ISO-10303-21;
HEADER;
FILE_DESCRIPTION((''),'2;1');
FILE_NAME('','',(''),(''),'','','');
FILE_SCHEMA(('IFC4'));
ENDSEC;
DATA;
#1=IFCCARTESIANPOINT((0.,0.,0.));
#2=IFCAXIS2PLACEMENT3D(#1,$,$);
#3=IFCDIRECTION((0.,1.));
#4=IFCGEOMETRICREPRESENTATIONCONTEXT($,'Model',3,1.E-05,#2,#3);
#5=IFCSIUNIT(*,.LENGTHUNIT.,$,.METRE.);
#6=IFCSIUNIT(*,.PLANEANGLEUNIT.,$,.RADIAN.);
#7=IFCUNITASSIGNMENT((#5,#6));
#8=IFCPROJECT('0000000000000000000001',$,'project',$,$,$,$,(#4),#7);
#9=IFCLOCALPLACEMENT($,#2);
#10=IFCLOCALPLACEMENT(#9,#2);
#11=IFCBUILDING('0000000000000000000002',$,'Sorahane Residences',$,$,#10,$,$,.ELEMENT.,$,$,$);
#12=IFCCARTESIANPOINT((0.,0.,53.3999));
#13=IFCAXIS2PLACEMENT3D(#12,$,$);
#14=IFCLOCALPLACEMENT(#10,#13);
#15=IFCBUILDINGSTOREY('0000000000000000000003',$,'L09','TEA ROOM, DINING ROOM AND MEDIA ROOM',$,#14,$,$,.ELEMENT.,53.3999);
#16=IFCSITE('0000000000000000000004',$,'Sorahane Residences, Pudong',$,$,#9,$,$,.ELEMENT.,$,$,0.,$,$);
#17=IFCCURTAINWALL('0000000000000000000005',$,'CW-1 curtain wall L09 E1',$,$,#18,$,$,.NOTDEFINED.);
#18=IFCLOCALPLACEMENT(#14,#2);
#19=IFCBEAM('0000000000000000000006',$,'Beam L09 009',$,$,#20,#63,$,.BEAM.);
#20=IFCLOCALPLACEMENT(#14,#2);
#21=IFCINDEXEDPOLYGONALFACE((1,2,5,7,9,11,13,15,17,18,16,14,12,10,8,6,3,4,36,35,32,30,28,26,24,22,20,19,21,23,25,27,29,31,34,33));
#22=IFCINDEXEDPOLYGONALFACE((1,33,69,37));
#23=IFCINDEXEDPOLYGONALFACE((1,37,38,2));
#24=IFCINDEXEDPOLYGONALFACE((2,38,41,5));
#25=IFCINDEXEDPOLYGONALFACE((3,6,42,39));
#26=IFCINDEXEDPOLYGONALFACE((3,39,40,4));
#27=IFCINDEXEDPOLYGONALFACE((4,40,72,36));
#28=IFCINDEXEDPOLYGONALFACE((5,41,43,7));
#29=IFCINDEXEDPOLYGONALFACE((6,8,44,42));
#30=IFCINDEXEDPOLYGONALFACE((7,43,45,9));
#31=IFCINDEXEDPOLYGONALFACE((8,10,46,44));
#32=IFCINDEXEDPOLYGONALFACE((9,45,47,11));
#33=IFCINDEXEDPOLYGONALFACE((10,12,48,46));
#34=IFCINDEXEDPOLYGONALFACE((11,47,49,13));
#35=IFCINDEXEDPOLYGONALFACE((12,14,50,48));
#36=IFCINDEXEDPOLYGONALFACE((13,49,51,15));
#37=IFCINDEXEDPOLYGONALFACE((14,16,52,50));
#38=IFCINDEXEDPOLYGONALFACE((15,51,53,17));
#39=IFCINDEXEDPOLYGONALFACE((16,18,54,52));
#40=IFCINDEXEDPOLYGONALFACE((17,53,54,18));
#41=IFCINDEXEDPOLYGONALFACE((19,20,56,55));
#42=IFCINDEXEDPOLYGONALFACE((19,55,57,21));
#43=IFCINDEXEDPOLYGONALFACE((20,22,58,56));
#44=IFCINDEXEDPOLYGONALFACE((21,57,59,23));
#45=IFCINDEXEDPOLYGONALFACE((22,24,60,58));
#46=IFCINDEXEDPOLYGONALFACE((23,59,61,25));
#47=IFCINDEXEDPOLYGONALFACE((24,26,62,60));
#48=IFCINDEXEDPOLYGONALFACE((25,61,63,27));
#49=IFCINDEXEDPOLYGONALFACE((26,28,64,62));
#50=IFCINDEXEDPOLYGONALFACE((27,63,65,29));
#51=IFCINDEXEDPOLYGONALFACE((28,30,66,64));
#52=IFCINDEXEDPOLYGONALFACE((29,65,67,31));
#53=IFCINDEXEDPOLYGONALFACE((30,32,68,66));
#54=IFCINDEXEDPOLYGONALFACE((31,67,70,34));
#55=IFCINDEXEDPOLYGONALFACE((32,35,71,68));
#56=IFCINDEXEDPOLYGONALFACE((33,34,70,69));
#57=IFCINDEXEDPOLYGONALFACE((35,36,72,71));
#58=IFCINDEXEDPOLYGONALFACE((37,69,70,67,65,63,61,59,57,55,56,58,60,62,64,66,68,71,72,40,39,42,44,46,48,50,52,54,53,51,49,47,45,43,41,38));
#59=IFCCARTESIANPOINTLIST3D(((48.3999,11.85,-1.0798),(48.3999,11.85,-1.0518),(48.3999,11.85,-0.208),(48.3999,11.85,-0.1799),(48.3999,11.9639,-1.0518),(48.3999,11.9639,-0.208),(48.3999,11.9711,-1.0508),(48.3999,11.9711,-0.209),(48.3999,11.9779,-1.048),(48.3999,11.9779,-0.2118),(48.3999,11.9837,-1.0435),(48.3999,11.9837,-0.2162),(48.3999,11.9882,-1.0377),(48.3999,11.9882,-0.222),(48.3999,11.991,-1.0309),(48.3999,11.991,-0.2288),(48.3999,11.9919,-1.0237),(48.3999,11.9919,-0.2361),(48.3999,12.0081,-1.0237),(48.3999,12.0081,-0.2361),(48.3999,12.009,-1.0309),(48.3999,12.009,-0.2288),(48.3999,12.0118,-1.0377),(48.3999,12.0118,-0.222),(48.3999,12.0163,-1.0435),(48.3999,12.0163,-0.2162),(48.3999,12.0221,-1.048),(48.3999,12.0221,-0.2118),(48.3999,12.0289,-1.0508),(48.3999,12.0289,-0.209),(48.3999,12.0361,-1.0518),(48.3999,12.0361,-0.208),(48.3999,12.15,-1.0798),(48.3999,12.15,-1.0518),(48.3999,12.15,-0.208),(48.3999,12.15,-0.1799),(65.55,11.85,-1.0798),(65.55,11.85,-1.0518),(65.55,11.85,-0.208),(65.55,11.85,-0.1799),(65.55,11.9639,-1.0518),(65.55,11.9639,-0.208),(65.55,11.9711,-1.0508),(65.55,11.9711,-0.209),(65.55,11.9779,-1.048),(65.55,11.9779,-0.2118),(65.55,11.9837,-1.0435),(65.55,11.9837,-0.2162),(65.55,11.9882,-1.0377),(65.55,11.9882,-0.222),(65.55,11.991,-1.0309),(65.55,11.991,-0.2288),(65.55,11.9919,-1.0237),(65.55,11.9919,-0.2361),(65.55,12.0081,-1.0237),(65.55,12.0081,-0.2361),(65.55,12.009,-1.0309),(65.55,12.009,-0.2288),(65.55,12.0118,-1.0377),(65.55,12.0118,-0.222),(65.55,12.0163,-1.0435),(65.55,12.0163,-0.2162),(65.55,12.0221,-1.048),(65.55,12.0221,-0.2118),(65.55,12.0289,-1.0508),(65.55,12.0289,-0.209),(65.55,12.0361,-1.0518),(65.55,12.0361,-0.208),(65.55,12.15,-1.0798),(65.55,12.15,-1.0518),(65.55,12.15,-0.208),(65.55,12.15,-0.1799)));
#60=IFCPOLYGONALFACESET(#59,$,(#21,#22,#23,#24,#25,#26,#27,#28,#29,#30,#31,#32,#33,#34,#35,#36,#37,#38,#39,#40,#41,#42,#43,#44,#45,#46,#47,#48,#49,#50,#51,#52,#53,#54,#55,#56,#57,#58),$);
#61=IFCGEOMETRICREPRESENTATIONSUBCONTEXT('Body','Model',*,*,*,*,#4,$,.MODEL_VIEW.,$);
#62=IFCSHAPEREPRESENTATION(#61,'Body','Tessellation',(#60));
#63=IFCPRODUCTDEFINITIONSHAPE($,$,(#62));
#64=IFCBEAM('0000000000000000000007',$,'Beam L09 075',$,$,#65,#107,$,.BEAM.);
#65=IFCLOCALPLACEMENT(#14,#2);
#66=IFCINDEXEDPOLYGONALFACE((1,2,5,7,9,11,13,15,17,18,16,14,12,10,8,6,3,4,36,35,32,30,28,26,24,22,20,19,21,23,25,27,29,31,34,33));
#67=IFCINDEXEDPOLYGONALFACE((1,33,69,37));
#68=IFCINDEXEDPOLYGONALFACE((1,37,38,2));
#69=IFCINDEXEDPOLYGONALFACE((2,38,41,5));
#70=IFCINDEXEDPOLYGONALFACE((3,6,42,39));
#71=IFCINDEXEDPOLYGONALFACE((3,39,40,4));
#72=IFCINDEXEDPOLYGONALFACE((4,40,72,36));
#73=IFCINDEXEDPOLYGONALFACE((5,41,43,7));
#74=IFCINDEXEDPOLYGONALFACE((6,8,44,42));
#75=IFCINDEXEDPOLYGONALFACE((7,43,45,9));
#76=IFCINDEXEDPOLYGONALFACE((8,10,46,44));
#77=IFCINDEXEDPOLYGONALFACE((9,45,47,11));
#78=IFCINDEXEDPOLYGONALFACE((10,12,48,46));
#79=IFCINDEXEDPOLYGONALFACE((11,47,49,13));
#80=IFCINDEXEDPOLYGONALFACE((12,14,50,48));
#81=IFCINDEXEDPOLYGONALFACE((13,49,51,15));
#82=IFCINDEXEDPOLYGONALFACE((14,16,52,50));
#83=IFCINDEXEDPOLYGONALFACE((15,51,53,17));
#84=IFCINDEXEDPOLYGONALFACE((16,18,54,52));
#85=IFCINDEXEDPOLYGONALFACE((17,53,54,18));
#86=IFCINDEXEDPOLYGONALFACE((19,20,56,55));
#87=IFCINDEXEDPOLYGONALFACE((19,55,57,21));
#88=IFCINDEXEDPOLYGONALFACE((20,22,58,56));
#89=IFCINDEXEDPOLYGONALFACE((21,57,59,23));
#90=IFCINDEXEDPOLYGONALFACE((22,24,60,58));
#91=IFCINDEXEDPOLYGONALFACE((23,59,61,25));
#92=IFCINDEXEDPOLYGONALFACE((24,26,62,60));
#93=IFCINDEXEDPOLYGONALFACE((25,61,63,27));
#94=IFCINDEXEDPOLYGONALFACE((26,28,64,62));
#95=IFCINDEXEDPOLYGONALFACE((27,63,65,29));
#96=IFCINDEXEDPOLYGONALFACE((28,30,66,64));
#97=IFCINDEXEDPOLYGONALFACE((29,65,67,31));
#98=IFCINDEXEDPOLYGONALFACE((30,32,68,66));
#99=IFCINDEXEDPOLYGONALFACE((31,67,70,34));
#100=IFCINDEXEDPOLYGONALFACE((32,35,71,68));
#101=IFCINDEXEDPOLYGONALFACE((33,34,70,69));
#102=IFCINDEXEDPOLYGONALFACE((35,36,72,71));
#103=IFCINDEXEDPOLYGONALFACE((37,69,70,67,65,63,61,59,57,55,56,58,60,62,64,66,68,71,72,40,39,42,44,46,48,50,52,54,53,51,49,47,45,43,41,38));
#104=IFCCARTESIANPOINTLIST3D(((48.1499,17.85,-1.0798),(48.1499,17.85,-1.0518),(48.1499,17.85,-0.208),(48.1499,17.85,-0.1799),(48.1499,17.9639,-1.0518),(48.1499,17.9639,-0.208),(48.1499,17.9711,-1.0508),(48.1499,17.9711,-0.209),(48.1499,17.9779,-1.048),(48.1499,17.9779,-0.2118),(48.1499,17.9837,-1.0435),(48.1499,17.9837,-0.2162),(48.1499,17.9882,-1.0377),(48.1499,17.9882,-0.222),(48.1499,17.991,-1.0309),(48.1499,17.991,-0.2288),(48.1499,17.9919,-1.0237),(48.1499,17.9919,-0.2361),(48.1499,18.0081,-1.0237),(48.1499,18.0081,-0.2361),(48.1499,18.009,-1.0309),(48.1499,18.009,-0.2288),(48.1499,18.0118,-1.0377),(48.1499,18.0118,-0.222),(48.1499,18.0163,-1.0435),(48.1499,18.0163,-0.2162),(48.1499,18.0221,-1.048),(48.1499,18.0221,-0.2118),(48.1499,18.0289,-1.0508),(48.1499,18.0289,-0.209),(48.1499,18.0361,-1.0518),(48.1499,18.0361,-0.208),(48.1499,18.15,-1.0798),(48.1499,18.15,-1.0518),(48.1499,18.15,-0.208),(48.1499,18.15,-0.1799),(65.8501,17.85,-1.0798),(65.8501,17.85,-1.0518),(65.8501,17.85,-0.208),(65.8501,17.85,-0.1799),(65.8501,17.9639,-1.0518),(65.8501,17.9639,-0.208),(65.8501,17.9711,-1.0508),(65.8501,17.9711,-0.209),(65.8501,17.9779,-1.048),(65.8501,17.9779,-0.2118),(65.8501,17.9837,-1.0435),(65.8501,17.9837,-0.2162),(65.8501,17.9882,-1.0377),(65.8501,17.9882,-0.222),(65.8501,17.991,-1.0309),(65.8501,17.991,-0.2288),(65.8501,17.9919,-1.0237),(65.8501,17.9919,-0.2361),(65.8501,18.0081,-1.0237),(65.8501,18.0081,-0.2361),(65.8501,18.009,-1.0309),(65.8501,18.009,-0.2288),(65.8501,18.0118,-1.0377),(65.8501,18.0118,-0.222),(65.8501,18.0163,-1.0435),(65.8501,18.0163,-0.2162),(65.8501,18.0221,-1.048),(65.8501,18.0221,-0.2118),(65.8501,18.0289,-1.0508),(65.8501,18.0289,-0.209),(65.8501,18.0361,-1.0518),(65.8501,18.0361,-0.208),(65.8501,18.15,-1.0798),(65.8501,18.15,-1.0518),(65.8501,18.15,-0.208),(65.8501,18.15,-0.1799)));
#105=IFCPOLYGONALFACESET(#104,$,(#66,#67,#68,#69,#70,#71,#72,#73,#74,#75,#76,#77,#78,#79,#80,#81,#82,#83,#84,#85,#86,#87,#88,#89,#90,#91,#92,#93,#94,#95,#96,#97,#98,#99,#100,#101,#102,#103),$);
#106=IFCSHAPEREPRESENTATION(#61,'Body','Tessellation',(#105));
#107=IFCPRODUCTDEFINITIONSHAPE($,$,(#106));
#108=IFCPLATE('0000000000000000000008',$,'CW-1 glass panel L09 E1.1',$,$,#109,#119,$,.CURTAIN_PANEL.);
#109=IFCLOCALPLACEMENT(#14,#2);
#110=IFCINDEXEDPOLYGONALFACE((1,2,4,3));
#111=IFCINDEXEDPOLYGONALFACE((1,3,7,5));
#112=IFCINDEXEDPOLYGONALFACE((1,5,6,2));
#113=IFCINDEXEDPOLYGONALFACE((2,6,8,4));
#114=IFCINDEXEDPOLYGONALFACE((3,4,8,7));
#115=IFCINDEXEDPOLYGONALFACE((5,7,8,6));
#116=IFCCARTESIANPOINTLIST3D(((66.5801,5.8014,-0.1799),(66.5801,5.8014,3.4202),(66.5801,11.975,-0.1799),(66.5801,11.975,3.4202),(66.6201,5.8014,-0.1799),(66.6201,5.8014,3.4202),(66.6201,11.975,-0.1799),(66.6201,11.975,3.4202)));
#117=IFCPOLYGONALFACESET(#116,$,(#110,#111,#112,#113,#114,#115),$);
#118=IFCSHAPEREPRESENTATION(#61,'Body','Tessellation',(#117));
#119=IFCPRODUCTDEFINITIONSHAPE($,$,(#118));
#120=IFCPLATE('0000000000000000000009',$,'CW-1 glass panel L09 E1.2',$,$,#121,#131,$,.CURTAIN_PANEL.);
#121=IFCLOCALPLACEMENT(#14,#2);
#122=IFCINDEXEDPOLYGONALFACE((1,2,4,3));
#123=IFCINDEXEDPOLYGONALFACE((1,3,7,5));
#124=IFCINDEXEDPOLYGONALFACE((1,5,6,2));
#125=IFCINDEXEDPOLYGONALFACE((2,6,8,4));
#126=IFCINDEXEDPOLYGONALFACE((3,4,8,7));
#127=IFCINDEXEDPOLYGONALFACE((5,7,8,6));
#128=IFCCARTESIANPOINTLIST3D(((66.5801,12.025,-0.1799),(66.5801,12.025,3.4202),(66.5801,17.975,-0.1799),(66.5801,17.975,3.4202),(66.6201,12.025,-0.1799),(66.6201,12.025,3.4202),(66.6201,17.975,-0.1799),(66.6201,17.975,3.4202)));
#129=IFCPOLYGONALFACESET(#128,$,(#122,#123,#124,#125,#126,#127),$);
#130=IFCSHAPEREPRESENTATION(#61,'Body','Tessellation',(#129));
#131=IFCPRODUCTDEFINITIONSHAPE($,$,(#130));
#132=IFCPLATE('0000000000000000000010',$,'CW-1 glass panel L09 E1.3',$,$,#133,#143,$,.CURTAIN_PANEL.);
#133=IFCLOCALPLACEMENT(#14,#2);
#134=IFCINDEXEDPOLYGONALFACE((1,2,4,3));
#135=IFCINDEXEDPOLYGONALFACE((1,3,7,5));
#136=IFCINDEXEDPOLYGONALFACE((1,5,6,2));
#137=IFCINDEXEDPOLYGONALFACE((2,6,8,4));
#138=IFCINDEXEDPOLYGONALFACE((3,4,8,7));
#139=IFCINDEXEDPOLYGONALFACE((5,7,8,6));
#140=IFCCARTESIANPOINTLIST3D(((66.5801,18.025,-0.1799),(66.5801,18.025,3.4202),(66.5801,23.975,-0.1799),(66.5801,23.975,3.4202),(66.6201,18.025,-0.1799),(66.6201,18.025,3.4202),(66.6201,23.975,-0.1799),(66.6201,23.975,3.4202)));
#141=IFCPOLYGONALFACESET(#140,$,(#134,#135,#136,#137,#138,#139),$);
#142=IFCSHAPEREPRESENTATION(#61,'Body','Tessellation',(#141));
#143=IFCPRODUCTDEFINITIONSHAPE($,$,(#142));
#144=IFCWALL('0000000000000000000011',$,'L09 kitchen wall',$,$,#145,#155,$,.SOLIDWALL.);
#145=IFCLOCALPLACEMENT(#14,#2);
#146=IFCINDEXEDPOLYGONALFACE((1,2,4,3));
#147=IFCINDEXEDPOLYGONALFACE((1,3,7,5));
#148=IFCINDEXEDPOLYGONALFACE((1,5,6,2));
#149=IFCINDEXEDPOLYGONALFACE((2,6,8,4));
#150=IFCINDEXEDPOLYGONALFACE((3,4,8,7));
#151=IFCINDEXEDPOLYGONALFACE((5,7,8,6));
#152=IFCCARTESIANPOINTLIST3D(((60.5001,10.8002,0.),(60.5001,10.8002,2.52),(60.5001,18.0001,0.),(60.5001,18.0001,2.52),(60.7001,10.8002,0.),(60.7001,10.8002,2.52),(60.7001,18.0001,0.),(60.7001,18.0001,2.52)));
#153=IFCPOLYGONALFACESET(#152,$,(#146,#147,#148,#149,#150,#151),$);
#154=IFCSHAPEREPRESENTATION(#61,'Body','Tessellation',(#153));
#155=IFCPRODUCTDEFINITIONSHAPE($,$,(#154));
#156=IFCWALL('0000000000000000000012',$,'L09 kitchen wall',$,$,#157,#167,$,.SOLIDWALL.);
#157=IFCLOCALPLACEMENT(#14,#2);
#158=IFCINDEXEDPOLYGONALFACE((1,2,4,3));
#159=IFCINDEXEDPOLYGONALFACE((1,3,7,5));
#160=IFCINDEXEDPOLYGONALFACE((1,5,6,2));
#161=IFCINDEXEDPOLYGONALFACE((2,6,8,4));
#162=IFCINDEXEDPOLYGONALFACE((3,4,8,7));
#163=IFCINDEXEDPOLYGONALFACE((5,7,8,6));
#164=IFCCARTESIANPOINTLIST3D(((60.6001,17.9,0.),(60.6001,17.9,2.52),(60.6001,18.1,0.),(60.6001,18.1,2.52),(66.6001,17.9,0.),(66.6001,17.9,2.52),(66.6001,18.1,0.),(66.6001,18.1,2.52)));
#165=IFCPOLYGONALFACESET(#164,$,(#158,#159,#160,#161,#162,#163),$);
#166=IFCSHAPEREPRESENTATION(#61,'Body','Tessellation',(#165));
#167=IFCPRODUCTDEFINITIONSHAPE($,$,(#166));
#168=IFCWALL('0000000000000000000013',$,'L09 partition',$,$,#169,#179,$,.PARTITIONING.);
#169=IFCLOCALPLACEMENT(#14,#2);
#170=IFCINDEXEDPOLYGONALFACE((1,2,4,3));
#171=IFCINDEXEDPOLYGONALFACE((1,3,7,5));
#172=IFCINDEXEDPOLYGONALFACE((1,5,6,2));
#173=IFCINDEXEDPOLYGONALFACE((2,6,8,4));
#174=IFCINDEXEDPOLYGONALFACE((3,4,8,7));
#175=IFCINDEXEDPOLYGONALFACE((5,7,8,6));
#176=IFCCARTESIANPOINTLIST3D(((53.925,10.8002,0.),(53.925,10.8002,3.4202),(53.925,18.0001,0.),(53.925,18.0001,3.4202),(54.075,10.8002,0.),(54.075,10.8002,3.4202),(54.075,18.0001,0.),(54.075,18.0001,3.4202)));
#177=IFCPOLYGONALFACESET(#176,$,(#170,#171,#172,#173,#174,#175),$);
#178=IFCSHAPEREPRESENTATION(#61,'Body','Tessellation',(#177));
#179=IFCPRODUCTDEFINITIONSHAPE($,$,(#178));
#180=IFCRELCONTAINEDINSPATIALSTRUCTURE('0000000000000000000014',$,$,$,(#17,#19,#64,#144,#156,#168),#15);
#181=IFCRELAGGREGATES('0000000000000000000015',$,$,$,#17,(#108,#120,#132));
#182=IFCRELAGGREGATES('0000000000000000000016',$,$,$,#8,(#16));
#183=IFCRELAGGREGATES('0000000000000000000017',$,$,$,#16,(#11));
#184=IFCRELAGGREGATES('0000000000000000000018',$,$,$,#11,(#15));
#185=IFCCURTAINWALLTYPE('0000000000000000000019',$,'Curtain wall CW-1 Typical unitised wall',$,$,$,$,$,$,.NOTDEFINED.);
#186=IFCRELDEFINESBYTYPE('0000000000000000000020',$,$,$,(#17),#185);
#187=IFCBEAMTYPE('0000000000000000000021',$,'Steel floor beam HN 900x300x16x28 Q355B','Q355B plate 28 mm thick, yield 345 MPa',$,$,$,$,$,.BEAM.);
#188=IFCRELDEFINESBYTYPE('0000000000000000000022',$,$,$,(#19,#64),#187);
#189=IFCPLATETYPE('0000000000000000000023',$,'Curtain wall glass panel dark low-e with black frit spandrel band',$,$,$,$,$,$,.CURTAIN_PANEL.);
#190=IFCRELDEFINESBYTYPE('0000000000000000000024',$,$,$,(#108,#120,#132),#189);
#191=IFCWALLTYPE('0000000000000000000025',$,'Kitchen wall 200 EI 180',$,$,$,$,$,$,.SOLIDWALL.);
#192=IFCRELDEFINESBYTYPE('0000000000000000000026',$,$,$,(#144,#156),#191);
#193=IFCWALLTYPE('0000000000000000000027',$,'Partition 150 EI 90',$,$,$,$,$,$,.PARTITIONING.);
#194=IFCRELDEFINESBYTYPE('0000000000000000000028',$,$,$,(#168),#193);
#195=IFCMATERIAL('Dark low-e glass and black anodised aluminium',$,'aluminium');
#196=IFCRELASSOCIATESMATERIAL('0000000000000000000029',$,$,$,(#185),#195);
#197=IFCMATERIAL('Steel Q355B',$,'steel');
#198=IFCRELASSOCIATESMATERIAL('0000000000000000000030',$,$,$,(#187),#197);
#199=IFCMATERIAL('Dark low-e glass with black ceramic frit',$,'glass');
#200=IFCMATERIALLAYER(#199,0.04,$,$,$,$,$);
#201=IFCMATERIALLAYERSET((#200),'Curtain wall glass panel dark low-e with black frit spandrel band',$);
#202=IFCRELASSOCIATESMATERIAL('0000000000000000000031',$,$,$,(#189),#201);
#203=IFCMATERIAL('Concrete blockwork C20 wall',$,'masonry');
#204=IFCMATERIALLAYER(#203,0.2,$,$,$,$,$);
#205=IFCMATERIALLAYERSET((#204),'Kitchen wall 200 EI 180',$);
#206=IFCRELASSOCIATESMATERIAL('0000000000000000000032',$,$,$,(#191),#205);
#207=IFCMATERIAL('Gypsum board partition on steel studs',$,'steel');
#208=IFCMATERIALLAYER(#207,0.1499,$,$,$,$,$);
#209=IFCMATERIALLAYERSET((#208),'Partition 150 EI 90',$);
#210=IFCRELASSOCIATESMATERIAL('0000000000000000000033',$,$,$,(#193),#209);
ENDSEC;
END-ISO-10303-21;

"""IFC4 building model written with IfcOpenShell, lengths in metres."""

from ifc_helpers import new_model, si_unit, direction, frame, frame_2d, origin, origin_2d, place, context, subcontext, project, spatial, rectangle, i_section, extrude, material, layer, layer_set, material_profile, profile_set, type_object, element, aggregate, save


model = new_model("IFC4")

# Units and contexts
model_context = context("Model", 3, precision=1e-05, world=origin(), true_north=direction((0.0, 1.0)))
body_context = subcontext(model_context, "Body", "Model", "MODEL_VIEW")
ifc_project = project(units=[si_unit("LENGTHUNIT", "METRE"), si_unit("PLANEANGLEUNIT", "RADIAN")], contexts=[model_context])

# Site, building, storey
site_placement = place(None, origin())
site = spatial("IfcSite", under=ifc_project, at=site_placement, Name="Sorahane Residences, Pudong", CompositionType="ELEMENT", RefElevation=0.0)
building_placement = place(site_placement, origin())
building = spatial("IfcBuilding", under=site, at=building_placement, Name="Sorahane Residences", CompositionType="ELEMENT")
storey_placement = place(building_placement, frame((0.0, 0.0, 53.3999)))
storey = spatial("IfcBuildingStorey", under=building, at=storey_placement, Name="L09", Description="TEA ROOM, DINING ROOM AND MEDIA ROOM", CompositionType="ELEMENT", Elevation=53.3999)

# Curtain wall
ifc_material_1 = material(Name="Dark low-e glass and black anodised aluminium", Category="aluminium")
curtain_wall_type = type_object("IfcCurtainWallType", Name="Curtain wall CW-1 Typical unitised wall", PredefinedType="NOTDEFINED", material=ifc_material_1)
curtain_wall_placement = place(storey_placement, origin())
curtain_wall = element("IfcCurtainWall", 1, at=curtain_wall_placement, inside=storey, type_object=curtain_wall_type, Name="CW-1 curtain wall L09 E1", PredefinedType="NOTDEFINED")

# Beams
ifc_material_2 = material(Name="Steel Q355B", Category="steel")
ifc_material_profile_1 = material_profile(ifc_material_2, i_section(OverallWidth=0.3, OverallDepth=0.8999, WebThickness=0.0161, FlangeThickness=0.0281, FilletRadius=0.0281, at=origin_2d()), Name="HN 900x300x16x28")
ifc_profile_set_1 = profile_set([ifc_material_profile_1], Name="Steel Q355B")
beam_type_1 = type_object("IfcBeamType", Name="Steel floor beam HN 900x300x16x28 Q355B", Description="Q355B plate 28 mm thick, yield 345 MPa", PredefinedType="BEAM", material=ifc_profile_set_1)
beam_1_placement = place(storey_placement, frame((48.3999, 12.0, -0.6299), z_axis=(1.0, 0.0, 0.0), x_axis=(0.0, 1.0, 0.0)))
element("IfcBeam", 2, at=beam_1_placement, inside=storey, type_object=beam_type_1, Name="Beam L09 009", PredefinedType="BEAM", context=body_context, shape_type="SweptSolid", body=[
    extrude(i_section(OverallWidth=0.3, OverallDepth=0.8999, WebThickness=0.0161, FlangeThickness=0.0281, FilletRadius=0.0281, at=origin_2d()), origin(), (0.0, 0.0, 1.0), 17.1501),
])
beam_2_placement = place(storey_placement, frame((48.1499, 18.0, -0.6299), z_axis=(1.0, 0.0, 0.0), x_axis=(0.0, 1.0, 0.0)))
element("IfcBeam", 3, at=beam_2_placement, inside=storey, type_object=beam_type_1, Name="Beam L09 075", PredefinedType="BEAM", context=body_context, shape_type="SweptSolid", body=[
    extrude(i_section(OverallWidth=0.3, OverallDepth=0.8999, WebThickness=0.0161, FlangeThickness=0.0281, FilletRadius=0.0281, at=origin_2d()), origin(), (0.0, 0.0, 1.0), 17.7002),
])

# Plates
ifc_material_3 = material(Name="Dark low-e glass with black ceramic frit", Category="glass")
ifc_layer_1 = layer(ifc_material_3, 0.04)
ifc_layer_set_1 = layer_set([ifc_layer_1], Name="Curtain wall glass panel dark low-e with black frit spandrel band")
plate_type = type_object("IfcPlateType", Name="Curtain wall glass panel dark low-e with black frit spandrel band", PredefinedType="CURTAIN_PANEL", material=ifc_layer_set_1)
plate_1_placement = place(storey_placement, frame((66.6001, 8.8882, -0.1799), z_axis=(0.0, 0.0, 1.0), x_axis=(0.0, 1.0, 0.0)))
plate_1 = element("IfcPlate", 4, at=plate_1_placement, type_object=plate_type, Name="CW-1 glass panel L09 E1.1", PredefinedType="CURTAIN_PANEL", context=body_context, shape_type="SweptSolid", body=[
    extrude(rectangle(XDim=6.1736, YDim=0.04, at=origin_2d()), origin(), (0.0, 0.0, 1.0), 3.6001),
])
plate_2_placement = place(storey_placement, frame((66.6001, 15.0, -0.1799), z_axis=(0.0, 0.0, 1.0), x_axis=(0.0, 1.0, 0.0)))
plate_2 = element("IfcPlate", 5, at=plate_2_placement, type_object=plate_type, Name="CW-1 glass panel L09 E1.2", PredefinedType="CURTAIN_PANEL", context=body_context, shape_type="SweptSolid", body=[
    extrude(rectangle(XDim=5.95, YDim=0.04, at=origin_2d()), origin(), (0.0, 0.0, 1.0), 3.6001),
])
plate_3_placement = place(storey_placement, frame((66.6001, 21.0, -0.1799), z_axis=(0.0, 0.0, 1.0), x_axis=(0.0, 1.0, 0.0)))
plate_3 = element("IfcPlate", 6, at=plate_3_placement, type_object=plate_type, Name="CW-1 glass panel L09 E1.3", PredefinedType="CURTAIN_PANEL", context=body_context, shape_type="SweptSolid", body=[
    extrude(rectangle(XDim=5.95, YDim=0.04, at=origin_2d()), origin(), (0.0, 0.0, 1.0), 3.6001),
])
aggregate(curtain_wall, [plate_1, plate_2, plate_3])

# Shared definitions
ifc_material_4 = material(Name="Concrete blockwork C20 wall", Category="masonry")
ifc_layer_2 = layer(ifc_material_4, 0.2)
ifc_layer_set_2 = layer_set([ifc_layer_2], Name="Kitchen wall 200 EI 180")
wall_type_1 = type_object("IfcWallType", Name="Kitchen wall 200 EI 180", PredefinedType="SOLIDWALL", material=ifc_layer_set_2)

# Wall
wall_1_placement = place(storey_placement, frame((60.6001, 10.8, 0.0), z_axis=(0.0, 0.0, 1.0), x_axis=(0.0, 1.0, 0.0)))
element("IfcWall", 7, at=wall_1_placement, inside=storey, type_object=wall_type_1, Name="L09 kitchen wall", PredefinedType="SOLIDWALL", context=body_context, shape_type="SweptSolid", body=[
    extrude(rectangle(XDim=7.2, YDim=0.2, at=frame_2d((3.6001, 0.0))), origin(), (0.0, 0.0, 1.0), 2.52),
])

# Walls
wall_2_placement = place(storey_placement, frame((60.6001, 18.0, 0.0), z_axis=(0.0, 0.0, 1.0), x_axis=(1.0, 0.0, 0.0)))
element("IfcWall", 8, at=wall_2_placement, inside=storey, type_object=wall_type_1, Name="L09 kitchen wall", PredefinedType="SOLIDWALL", context=body_context, shape_type="SweptSolid", body=[
    extrude(rectangle(XDim=6.0, YDim=0.2, at=frame_2d((3.0, 0.0))), origin(), (0.0, 0.0, 1.0), 2.52),
])
ifc_material_5 = material(Name="Gypsum board partition on steel studs", Category="steel")
ifc_layer_3 = layer(ifc_material_5, 0.1499)
ifc_layer_set_3 = layer_set([ifc_layer_3], Name="Partition 150 EI 90")
wall_type_2 = type_object("IfcWallType", Name="Partition 150 EI 90", PredefinedType="PARTITIONING", material=ifc_layer_set_3)
wall_3_placement = place(storey_placement, frame((54.0, 10.8, 0.0), z_axis=(0.0, 0.0, 1.0), x_axis=(0.0, 1.0, 0.0)))
element("IfcWall", 9, at=wall_3_placement, inside=storey, type_object=wall_type_2, Name="L09 partition", PredefinedType="PARTITIONING", context=body_context, shape_type="SweptSolid", body=[
    extrude(rectangle(XDim=7.2, YDim=0.1499, at=frame_2d((3.6001, 0.0))), origin(), (0.0, 0.0, 1.0), 3.4202),
])

save(model, "model.ifc")
